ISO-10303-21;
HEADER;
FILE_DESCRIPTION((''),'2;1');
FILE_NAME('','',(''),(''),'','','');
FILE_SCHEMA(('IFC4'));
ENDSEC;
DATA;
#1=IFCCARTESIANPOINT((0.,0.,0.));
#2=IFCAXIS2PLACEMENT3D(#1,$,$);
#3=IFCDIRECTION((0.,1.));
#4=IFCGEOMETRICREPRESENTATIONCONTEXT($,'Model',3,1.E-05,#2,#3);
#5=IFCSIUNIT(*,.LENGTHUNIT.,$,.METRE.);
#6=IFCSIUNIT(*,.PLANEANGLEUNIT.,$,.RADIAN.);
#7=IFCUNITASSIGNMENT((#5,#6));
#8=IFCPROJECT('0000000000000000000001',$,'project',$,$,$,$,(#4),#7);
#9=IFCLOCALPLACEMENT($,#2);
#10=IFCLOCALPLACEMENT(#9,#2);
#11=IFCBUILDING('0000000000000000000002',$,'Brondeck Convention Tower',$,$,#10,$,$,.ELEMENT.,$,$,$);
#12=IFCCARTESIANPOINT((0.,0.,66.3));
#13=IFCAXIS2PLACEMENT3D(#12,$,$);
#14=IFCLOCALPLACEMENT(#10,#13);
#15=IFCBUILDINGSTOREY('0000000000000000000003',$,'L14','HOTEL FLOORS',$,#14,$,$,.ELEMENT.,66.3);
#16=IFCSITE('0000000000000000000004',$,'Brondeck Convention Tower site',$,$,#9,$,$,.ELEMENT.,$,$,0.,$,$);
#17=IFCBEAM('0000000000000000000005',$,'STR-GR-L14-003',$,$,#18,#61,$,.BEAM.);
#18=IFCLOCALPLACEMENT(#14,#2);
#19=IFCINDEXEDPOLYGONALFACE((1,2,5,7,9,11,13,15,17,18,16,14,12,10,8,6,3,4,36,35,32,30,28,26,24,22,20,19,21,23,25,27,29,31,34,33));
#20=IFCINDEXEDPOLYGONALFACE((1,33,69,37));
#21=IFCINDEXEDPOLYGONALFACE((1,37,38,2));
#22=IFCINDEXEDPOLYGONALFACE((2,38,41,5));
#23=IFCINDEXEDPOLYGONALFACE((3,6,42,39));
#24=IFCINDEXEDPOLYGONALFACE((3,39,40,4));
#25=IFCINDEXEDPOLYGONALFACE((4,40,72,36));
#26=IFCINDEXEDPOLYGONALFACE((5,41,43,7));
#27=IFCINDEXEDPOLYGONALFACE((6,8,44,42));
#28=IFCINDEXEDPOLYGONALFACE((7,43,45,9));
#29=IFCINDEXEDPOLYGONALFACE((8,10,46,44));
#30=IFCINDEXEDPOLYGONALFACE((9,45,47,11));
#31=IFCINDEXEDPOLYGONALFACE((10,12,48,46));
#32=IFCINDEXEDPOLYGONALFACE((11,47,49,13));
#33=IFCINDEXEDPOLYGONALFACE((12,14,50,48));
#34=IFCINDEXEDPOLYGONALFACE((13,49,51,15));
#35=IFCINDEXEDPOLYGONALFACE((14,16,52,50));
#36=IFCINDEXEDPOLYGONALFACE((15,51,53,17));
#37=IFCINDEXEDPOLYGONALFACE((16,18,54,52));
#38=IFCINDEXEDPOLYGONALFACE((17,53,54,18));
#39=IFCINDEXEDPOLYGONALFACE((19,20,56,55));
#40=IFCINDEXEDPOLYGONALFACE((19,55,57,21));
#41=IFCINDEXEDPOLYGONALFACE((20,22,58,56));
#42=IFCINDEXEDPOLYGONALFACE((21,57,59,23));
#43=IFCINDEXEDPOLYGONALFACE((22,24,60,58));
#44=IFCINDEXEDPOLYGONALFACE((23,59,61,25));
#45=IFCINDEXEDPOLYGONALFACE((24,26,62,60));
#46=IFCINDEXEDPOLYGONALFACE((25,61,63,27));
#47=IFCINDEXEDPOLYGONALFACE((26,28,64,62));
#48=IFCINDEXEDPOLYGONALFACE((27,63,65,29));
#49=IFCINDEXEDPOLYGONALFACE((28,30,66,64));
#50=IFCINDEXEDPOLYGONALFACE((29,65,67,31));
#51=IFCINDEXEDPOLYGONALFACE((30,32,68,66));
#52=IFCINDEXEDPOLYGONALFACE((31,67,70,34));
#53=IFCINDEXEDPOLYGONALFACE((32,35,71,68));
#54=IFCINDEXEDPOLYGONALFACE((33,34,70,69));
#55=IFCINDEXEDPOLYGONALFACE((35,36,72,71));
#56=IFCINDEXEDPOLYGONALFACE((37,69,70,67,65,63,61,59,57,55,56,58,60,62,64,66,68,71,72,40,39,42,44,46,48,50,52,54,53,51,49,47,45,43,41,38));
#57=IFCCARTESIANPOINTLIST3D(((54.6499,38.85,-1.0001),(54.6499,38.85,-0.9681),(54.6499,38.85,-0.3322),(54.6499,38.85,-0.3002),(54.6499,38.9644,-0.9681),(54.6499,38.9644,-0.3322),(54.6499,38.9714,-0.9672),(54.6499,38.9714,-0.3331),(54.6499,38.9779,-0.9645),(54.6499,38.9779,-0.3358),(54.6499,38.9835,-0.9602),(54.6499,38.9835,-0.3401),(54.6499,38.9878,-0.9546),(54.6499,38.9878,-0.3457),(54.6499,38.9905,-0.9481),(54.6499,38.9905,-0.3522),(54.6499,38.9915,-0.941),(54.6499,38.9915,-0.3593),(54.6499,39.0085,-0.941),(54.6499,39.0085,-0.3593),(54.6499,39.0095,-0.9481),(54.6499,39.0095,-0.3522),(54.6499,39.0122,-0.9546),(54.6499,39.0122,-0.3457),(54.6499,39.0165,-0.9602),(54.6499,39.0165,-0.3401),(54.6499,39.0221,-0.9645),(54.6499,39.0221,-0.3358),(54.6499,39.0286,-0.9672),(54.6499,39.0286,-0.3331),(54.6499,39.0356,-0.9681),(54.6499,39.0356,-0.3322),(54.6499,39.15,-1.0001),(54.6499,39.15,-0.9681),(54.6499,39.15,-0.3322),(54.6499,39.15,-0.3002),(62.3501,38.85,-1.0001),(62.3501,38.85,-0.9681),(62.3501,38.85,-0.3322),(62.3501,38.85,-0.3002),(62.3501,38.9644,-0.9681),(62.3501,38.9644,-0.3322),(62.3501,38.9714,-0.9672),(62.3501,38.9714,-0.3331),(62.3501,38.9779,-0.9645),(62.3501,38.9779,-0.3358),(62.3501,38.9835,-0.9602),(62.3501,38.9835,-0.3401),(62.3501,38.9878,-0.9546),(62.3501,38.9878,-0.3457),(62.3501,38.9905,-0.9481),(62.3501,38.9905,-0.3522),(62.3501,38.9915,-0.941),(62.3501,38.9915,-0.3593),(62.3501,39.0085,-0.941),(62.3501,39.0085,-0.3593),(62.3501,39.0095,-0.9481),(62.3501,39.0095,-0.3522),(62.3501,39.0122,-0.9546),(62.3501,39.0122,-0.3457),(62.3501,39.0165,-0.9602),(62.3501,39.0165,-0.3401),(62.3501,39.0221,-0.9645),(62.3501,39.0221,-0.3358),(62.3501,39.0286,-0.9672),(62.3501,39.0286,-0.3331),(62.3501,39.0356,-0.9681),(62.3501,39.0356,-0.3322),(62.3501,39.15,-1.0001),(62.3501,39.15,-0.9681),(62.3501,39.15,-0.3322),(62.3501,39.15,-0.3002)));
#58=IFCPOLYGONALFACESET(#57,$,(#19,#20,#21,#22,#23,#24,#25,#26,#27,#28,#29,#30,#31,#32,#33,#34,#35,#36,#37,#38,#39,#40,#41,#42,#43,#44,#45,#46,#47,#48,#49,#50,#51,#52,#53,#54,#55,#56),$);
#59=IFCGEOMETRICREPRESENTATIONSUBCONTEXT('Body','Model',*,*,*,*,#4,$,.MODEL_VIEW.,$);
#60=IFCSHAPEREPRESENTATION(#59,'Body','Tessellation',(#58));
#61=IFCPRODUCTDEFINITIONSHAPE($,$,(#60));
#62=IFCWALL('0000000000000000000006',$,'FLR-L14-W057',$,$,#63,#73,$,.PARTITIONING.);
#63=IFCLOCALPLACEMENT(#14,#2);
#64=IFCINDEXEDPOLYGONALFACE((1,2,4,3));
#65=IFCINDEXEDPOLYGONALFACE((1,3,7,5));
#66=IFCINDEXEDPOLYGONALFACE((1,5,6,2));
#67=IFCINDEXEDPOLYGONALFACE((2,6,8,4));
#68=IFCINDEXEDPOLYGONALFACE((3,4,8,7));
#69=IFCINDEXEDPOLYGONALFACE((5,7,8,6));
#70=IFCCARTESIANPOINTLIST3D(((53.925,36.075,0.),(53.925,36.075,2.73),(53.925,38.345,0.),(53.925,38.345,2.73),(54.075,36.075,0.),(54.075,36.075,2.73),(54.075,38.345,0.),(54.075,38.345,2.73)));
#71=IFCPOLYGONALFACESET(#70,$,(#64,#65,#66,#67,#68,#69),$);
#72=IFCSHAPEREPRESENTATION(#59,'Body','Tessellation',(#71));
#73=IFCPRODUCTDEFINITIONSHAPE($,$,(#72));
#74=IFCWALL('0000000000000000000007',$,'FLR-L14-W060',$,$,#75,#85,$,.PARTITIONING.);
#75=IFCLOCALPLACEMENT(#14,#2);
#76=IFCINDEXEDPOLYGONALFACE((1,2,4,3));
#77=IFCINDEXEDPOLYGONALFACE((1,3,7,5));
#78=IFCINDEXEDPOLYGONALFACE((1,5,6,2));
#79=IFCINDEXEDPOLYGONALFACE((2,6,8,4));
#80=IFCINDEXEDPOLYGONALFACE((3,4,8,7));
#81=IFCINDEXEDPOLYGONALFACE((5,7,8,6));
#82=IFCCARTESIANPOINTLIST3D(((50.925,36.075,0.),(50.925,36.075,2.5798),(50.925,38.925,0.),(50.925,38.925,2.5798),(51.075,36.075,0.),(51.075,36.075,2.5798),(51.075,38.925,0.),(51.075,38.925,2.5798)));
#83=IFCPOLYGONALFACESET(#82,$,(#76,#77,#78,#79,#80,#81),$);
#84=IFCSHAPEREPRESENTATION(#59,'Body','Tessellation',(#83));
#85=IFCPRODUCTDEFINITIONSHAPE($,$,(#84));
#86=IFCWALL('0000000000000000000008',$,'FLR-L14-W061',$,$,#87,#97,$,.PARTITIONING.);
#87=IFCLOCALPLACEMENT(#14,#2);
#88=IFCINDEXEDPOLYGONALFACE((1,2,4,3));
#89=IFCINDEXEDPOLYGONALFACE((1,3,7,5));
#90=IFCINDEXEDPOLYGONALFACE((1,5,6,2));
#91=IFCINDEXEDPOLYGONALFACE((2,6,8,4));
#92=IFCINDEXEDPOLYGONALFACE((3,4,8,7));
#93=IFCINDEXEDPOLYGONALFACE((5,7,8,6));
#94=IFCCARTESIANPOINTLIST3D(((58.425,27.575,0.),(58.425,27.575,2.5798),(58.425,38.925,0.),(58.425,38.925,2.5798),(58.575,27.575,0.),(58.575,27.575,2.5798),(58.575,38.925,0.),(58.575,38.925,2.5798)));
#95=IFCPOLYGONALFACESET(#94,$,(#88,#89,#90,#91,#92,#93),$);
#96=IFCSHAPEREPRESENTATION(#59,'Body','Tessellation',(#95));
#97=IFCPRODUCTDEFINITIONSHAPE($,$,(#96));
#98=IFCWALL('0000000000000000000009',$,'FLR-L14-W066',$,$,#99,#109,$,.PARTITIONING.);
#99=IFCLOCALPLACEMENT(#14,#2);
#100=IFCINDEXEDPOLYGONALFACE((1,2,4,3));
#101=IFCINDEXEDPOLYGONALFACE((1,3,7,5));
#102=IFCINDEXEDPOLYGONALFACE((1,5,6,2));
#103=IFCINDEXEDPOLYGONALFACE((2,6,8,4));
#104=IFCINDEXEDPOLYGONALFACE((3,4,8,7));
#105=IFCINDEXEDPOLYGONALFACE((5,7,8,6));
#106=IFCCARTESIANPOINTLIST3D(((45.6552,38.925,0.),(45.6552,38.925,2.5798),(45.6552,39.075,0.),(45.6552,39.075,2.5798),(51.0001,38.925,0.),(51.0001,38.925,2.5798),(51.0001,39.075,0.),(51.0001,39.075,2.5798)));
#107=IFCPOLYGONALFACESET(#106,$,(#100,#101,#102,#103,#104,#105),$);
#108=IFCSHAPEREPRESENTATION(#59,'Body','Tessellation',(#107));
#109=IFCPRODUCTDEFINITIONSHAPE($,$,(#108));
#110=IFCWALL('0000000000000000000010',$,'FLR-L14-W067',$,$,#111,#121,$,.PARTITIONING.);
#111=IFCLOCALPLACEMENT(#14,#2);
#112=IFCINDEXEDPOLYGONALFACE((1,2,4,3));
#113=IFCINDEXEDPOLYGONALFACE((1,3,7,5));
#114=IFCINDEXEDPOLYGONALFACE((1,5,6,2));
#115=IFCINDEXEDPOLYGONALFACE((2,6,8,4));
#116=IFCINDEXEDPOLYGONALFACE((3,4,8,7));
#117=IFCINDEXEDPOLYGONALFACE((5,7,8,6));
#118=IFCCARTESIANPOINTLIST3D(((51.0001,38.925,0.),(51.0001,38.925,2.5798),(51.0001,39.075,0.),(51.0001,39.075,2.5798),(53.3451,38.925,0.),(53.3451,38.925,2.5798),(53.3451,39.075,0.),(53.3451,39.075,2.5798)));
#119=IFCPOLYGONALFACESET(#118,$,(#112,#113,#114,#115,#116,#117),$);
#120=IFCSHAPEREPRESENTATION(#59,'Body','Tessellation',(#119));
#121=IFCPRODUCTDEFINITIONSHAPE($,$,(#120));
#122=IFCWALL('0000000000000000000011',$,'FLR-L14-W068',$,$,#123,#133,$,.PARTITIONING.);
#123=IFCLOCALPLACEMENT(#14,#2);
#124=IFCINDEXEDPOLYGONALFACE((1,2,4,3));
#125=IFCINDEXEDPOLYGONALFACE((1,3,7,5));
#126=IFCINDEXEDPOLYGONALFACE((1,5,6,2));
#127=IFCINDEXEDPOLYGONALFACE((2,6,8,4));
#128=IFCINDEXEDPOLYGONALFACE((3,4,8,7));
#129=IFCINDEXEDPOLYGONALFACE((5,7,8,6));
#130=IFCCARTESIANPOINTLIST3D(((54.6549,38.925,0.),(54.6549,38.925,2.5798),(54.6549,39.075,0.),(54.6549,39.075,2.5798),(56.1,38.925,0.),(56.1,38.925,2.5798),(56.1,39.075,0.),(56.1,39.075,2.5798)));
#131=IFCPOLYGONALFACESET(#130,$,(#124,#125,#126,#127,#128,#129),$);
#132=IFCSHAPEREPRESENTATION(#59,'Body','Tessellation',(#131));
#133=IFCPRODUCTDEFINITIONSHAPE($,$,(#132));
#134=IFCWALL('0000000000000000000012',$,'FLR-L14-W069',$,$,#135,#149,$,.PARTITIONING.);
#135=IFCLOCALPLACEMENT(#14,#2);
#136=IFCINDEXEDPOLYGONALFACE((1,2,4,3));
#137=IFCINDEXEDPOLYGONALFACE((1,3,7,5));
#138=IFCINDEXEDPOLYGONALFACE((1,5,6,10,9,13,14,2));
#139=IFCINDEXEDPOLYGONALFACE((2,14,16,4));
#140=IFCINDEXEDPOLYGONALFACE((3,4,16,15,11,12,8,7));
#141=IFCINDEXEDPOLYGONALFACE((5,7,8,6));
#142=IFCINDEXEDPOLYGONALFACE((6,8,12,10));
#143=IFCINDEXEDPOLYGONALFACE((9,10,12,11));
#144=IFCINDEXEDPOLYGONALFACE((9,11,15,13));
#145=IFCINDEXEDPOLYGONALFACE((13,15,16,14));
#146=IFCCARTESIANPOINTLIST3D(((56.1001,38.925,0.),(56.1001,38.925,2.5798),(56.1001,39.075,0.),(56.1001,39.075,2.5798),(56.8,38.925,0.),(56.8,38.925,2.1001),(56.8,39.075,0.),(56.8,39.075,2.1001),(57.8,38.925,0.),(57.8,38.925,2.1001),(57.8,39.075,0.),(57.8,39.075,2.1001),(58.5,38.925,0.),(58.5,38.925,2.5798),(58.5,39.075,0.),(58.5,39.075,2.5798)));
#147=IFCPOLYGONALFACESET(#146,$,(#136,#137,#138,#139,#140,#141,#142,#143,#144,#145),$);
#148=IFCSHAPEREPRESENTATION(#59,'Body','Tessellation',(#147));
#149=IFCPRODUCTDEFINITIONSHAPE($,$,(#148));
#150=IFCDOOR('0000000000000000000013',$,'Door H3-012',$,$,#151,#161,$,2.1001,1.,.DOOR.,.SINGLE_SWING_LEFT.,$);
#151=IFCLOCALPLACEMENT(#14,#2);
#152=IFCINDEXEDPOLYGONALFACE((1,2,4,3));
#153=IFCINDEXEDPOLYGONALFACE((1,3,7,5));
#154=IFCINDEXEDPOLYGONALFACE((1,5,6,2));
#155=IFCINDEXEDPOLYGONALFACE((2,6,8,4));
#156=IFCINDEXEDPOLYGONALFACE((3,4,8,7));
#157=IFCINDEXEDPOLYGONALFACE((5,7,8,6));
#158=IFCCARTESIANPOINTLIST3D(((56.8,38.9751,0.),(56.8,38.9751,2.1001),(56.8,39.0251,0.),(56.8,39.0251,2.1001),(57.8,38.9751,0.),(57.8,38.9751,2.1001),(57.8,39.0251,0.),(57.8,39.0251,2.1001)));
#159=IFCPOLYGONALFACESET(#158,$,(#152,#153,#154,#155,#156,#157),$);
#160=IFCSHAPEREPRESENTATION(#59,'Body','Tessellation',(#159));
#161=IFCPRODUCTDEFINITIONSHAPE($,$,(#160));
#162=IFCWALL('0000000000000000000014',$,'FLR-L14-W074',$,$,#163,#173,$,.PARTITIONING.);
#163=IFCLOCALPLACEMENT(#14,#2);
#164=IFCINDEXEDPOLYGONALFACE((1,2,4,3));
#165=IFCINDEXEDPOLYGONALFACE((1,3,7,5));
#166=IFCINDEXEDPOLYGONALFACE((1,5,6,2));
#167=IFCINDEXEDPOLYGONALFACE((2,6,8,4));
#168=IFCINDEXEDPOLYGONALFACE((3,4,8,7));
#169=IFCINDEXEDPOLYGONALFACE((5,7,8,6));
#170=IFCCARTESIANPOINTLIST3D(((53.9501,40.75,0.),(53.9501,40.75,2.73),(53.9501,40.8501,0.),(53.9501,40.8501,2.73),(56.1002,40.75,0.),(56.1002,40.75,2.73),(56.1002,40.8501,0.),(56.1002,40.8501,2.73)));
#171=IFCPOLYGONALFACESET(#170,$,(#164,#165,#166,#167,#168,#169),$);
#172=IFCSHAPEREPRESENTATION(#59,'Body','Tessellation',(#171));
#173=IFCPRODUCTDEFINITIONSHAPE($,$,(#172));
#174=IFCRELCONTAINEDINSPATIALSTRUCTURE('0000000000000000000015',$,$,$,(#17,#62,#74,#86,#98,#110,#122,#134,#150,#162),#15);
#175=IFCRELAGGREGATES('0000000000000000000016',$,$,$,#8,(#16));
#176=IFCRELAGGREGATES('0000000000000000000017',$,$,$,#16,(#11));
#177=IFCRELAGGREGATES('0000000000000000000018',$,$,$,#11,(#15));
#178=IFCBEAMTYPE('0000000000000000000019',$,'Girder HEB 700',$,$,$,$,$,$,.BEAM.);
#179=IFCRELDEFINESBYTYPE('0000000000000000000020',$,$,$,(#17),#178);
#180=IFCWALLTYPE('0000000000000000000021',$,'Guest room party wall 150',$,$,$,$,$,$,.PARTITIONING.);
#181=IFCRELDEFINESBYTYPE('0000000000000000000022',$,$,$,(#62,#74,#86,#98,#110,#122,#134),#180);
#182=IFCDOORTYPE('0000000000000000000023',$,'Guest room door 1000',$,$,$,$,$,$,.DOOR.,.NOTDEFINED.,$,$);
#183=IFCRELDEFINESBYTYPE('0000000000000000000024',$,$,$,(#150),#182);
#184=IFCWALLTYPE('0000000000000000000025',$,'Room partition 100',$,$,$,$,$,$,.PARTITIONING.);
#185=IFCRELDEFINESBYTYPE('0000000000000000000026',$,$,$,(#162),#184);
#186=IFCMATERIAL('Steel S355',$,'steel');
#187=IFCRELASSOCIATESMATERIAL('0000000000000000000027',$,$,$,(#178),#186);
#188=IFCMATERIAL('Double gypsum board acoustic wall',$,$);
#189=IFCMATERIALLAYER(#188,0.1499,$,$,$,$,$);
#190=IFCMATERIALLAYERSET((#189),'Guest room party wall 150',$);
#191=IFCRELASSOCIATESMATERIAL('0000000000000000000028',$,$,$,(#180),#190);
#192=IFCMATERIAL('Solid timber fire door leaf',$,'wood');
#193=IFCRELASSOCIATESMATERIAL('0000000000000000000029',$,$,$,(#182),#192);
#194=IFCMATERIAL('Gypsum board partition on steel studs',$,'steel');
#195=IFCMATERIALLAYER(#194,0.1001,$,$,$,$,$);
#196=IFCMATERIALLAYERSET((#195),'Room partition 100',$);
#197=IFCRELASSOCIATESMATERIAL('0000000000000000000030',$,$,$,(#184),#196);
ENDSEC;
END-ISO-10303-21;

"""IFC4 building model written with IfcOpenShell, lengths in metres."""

from ifc_helpers import new_model, si_unit, direction, frame, frame_2d, origin, origin_2d, place, context, subcontext, project, spatial, rectangle, i_section, extrude, material, layer, layer_set, material_profile, profile_set, type_object, element, fill, save


model = new_model("IFC4")

# Units and contexts
model_context = context("Model", 3, precision=1e-05, world=origin(), true_north=direction((0.0, 1.0)))
body_context = subcontext(model_context, "Body", "Model", "MODEL_VIEW")
ifc_project = project(units=[si_unit("LENGTHUNIT", "METRE"), si_unit("PLANEANGLEUNIT", "RADIAN")], contexts=[model_context])

# Site, building, storey
site_placement = place(None, origin())
site = spatial("IfcSite", under=ifc_project, at=site_placement, Name="Brondeck Convention Tower site", CompositionType="ELEMENT", RefElevation=0.0)
building_placement = place(site_placement, origin())
building = spatial("IfcBuilding", under=site, at=building_placement, Name="Brondeck Convention Tower", CompositionType="ELEMENT")
storey_placement = place(building_placement, frame((0.0, 0.0, 66.3)))
storey = spatial("IfcBuildingStorey", under=building, at=storey_placement, Name="L14", Description="HOTEL FLOORS", CompositionType="ELEMENT", Elevation=66.3)

# Beam
ifc_material_1 = material(Name="Steel S355", Category="steel")
ifc_material_profile_1 = material_profile(ifc_material_1, i_section(OverallWidth=0.3, OverallDepth=0.7, WebThickness=0.0171, FlangeThickness=0.032, FilletRadius=0.0271, at=origin_2d()), Name="HEB 700")
ifc_profile_set_1 = profile_set([ifc_material_profile_1], Name="Steel S355")
beam_type_1 = type_object("IfcBeamType", Name="Girder HEB 700", PredefinedType="BEAM", material=ifc_profile_set_1)
for number, where, z_axis, x_axis, name in (
    (1, (54.6499, 39.0, -0.6501), (1.0, 0.0, 0.0), (0.0, 1.0, 0.0), "STR-GR-L14-003"),
):
    element("IfcBeam", number, at=place(storey_placement, frame(where, z_axis=z_axis, x_axis=x_axis)), inside=storey, type_object=beam_type_1, Name=name, PredefinedType="BEAM", context=body_context, shape_type="SweptSolid", body=[
        extrude(i_section(OverallWidth=0.3, OverallDepth=0.7, WebThickness=0.0171, FlangeThickness=0.032, FilletRadius=0.0271, at=origin_2d()), origin(), (0.0, 0.0, 1.0), 7.7002),
    ])

# Walls
ifc_material_2 = material(Name="Double gypsum board acoustic wall")
ifc_layer_1 = layer(ifc_material_2, 0.1499)
ifc_layer_set_1 = layer_set([ifc_layer_1], Name="Guest room party wall 150")
wall_type_1 = type_object("IfcWallType", Name="Guest room party wall 150", PredefinedType="PARTITIONING", material=ifc_layer_set_1)
wall_1_placement = place(storey_placement, frame((54.0, 38.345, 0.0), z_axis=(0.0, 0.0, 1.0), x_axis=(0.0, -1.0, 0.0)))
element("IfcWall", 2, at=wall_1_placement, inside=storey, type_object=wall_type_1, Name="FLR-L14-W057", PredefinedType="PARTITIONING", context=body_context, shape_type="SweptSolid", body=[
    extrude(rectangle(XDim=2.27, YDim=0.1499, at=frame_2d((1.135, 0.0))), origin(), (0.0, 0.0, 1.0), 2.73),
])
wall_2_placement = place(storey_placement, frame((51.0, 38.925, 0.0), z_axis=(0.0, 0.0, 1.0), x_axis=(0.0, -1.0, 0.0)))
element("IfcWall", 3, at=wall_2_placement, inside=storey, type_object=wall_type_1, Name="FLR-L14-W060", PredefinedType="PARTITIONING", context=body_context, shape_type="SweptSolid", body=[
    extrude(rectangle(XDim=2.8501, YDim=0.1499, at=frame_2d((1.425, 0.0))), origin(), (0.0, 0.0, 1.0), 2.5798),
])
wall_3_placement = place(storey_placement, frame((58.5, 38.925, 0.0), z_axis=(0.0, 0.0, 1.0), x_axis=(0.0, -1.0, 0.0)))
element("IfcWall", 4, at=wall_3_placement, inside=storey, type_object=wall_type_1, Name="FLR-L14-W061", PredefinedType="PARTITIONING", context=body_context, shape_type="SweptSolid", body=[
    extrude(rectangle(XDim=11.3501, YDim=0.1499, at=frame_2d((5.675, 0.0))), origin(), (0.0, 0.0, 1.0), 2.5798),
])
wall_4_placement = place(storey_placement, frame((51.0, 39.0, 0.0), z_axis=(0.0, 0.0, 1.0), x_axis=(-1.0, 0.0, 0.0)))
element("IfcWall", 5, at=wall_4_placement, inside=storey, type_object=wall_type_1, Name="FLR-L14-W066", PredefinedType="PARTITIONING", context=body_context, shape_type="SweptSolid", body=[
    extrude(rectangle(XDim=5.345, YDim=0.1499, at=frame_2d((2.6724, 0.0))), origin(), (0.0, 0.0, 1.0), 2.5798),
])
wall_5_placement = place(storey_placement, frame((53.345, 39.0, 0.0), z_axis=(0.0, 0.0, 1.0), x_axis=(-1.0, 0.0, 0.0)))
element("IfcWall", 6, at=wall_5_placement, inside=storey, type_object=wall_type_1, Name="FLR-L14-W067", PredefinedType="PARTITIONING", context=body_context, shape_type="SweptSolid", body=[
    extrude(rectangle(XDim=2.345, YDim=0.1499, at=frame_2d((1.1724, 0.0))), origin(), (0.0, 0.0, 1.0), 2.5798),
])
wall_6_placement = place(storey_placement, frame((56.1001, 39.0, 0.0), z_axis=(0.0, 0.0, 1.0), x_axis=(-1.0, 0.0, 0.0)))
element("IfcWall", 7, at=wall_6_placement, inside=storey, type_object=wall_type_1, Name="FLR-L14-W068", PredefinedType="PARTITIONING", context=body_context, shape_type="SweptSolid", body=[
    extrude(rectangle(XDim=1.4451, YDim=0.1499, at=frame_2d((0.7227, 0.0))), origin(), (0.0, 0.0, 1.0), 2.5798),
])

# Wall, opening, door
wall_7_placement = place(storey_placement, frame((58.5, 39.0, 0.0), z_axis=(0.0, 0.0, 1.0), x_axis=(-1.0, 0.0, 0.0)))
wall_7 = element("IfcWall", 8, at=wall_7_placement, inside=storey, type_object=wall_type_1, Name="FLR-L14-W069", PredefinedType="PARTITIONING", context=body_context, shape_type="SweptSolid", body=[
    extrude(rectangle(XDim=2.3999, YDim=0.1499, at=frame_2d((1.2, 0.0))), origin(), (0.0, 0.0, 1.0), 2.5798),
])
opening_1_placement = place(wall_7_placement, frame((0.7, 0.0, 0.0)))
opening_1 = element("IfcOpeningElement", 9, at=opening_1_placement, cuts=wall_7, PredefinedType="OPENING", context=body_context, shape_type="SweptSolid", body=[
    extrude(rectangle(XDim=1.0, YDim=2.1001, at=frame_2d((0.5, 1.05))), frame((0.0, 0.085, 0.0), z_axis=(0.0, -1.0, 0.0), x_axis=(1.0, 0.0, 0.0)), (0.0, 0.0, 1.0), 0.1699),
])
ifc_material_3 = material(Name="Solid timber fire door leaf", Category="wood")
door_type_1 = type_object("IfcDoorType", Name="Guest room door 1000", OperationType="NOTDEFINED", PredefinedType="DOOR", material=ifc_material_3)
door_1_placement = place(opening_1_placement, origin())
door_1 = element("IfcDoor", 10, at=door_1_placement, inside=storey, type_object=door_type_1, Name="Door H3-012", OperationType="SINGLE_SWING_LEFT", OverallHeight=2.1001, OverallWidth=1.0, PredefinedType="DOOR", context=body_context, shape_type="SweptSolid", body=[
    extrude(rectangle(XDim=1.0, YDim=2.1001, at=frame_2d((0.5, 1.05))), frame((0.0, 0.0249, 0.0), z_axis=(0.0, -1.0, 0.0), x_axis=(1.0, 0.0, 0.0)), (0.0, 0.0, 1.0), 0.05),
])
fill(opening_1, door_1)

# Wall
ifc_material_4 = material(Name="Gypsum board partition on steel studs", Category="steel")
ifc_layer_2 = layer(ifc_material_4, 0.1001)
ifc_layer_set_2 = layer_set([ifc_layer_2], Name="Room partition 100")
wall_type_2 = type_object("IfcWallType", Name="Room partition 100", PredefinedType="PARTITIONING", material=ifc_layer_set_2)
wall_8_placement = place(storey_placement, frame((53.95, 40.8, 0.0), z_axis=(0.0, 0.0, 1.0), x_axis=(1.0, 0.0, 0.0)))
element("IfcWall", 11, at=wall_8_placement, inside=storey, type_object=wall_type_2, Name="FLR-L14-W074", PredefinedType="PARTITIONING", context=body_context, shape_type="SweptSolid", body=[
    extrude(rectangle(XDim=2.1501, YDim=0.1001, at=frame_2d((1.0752, 0.0))), origin(), (0.0, 0.0, 1.0), 2.73),
])

save(model, "model.ifc")
